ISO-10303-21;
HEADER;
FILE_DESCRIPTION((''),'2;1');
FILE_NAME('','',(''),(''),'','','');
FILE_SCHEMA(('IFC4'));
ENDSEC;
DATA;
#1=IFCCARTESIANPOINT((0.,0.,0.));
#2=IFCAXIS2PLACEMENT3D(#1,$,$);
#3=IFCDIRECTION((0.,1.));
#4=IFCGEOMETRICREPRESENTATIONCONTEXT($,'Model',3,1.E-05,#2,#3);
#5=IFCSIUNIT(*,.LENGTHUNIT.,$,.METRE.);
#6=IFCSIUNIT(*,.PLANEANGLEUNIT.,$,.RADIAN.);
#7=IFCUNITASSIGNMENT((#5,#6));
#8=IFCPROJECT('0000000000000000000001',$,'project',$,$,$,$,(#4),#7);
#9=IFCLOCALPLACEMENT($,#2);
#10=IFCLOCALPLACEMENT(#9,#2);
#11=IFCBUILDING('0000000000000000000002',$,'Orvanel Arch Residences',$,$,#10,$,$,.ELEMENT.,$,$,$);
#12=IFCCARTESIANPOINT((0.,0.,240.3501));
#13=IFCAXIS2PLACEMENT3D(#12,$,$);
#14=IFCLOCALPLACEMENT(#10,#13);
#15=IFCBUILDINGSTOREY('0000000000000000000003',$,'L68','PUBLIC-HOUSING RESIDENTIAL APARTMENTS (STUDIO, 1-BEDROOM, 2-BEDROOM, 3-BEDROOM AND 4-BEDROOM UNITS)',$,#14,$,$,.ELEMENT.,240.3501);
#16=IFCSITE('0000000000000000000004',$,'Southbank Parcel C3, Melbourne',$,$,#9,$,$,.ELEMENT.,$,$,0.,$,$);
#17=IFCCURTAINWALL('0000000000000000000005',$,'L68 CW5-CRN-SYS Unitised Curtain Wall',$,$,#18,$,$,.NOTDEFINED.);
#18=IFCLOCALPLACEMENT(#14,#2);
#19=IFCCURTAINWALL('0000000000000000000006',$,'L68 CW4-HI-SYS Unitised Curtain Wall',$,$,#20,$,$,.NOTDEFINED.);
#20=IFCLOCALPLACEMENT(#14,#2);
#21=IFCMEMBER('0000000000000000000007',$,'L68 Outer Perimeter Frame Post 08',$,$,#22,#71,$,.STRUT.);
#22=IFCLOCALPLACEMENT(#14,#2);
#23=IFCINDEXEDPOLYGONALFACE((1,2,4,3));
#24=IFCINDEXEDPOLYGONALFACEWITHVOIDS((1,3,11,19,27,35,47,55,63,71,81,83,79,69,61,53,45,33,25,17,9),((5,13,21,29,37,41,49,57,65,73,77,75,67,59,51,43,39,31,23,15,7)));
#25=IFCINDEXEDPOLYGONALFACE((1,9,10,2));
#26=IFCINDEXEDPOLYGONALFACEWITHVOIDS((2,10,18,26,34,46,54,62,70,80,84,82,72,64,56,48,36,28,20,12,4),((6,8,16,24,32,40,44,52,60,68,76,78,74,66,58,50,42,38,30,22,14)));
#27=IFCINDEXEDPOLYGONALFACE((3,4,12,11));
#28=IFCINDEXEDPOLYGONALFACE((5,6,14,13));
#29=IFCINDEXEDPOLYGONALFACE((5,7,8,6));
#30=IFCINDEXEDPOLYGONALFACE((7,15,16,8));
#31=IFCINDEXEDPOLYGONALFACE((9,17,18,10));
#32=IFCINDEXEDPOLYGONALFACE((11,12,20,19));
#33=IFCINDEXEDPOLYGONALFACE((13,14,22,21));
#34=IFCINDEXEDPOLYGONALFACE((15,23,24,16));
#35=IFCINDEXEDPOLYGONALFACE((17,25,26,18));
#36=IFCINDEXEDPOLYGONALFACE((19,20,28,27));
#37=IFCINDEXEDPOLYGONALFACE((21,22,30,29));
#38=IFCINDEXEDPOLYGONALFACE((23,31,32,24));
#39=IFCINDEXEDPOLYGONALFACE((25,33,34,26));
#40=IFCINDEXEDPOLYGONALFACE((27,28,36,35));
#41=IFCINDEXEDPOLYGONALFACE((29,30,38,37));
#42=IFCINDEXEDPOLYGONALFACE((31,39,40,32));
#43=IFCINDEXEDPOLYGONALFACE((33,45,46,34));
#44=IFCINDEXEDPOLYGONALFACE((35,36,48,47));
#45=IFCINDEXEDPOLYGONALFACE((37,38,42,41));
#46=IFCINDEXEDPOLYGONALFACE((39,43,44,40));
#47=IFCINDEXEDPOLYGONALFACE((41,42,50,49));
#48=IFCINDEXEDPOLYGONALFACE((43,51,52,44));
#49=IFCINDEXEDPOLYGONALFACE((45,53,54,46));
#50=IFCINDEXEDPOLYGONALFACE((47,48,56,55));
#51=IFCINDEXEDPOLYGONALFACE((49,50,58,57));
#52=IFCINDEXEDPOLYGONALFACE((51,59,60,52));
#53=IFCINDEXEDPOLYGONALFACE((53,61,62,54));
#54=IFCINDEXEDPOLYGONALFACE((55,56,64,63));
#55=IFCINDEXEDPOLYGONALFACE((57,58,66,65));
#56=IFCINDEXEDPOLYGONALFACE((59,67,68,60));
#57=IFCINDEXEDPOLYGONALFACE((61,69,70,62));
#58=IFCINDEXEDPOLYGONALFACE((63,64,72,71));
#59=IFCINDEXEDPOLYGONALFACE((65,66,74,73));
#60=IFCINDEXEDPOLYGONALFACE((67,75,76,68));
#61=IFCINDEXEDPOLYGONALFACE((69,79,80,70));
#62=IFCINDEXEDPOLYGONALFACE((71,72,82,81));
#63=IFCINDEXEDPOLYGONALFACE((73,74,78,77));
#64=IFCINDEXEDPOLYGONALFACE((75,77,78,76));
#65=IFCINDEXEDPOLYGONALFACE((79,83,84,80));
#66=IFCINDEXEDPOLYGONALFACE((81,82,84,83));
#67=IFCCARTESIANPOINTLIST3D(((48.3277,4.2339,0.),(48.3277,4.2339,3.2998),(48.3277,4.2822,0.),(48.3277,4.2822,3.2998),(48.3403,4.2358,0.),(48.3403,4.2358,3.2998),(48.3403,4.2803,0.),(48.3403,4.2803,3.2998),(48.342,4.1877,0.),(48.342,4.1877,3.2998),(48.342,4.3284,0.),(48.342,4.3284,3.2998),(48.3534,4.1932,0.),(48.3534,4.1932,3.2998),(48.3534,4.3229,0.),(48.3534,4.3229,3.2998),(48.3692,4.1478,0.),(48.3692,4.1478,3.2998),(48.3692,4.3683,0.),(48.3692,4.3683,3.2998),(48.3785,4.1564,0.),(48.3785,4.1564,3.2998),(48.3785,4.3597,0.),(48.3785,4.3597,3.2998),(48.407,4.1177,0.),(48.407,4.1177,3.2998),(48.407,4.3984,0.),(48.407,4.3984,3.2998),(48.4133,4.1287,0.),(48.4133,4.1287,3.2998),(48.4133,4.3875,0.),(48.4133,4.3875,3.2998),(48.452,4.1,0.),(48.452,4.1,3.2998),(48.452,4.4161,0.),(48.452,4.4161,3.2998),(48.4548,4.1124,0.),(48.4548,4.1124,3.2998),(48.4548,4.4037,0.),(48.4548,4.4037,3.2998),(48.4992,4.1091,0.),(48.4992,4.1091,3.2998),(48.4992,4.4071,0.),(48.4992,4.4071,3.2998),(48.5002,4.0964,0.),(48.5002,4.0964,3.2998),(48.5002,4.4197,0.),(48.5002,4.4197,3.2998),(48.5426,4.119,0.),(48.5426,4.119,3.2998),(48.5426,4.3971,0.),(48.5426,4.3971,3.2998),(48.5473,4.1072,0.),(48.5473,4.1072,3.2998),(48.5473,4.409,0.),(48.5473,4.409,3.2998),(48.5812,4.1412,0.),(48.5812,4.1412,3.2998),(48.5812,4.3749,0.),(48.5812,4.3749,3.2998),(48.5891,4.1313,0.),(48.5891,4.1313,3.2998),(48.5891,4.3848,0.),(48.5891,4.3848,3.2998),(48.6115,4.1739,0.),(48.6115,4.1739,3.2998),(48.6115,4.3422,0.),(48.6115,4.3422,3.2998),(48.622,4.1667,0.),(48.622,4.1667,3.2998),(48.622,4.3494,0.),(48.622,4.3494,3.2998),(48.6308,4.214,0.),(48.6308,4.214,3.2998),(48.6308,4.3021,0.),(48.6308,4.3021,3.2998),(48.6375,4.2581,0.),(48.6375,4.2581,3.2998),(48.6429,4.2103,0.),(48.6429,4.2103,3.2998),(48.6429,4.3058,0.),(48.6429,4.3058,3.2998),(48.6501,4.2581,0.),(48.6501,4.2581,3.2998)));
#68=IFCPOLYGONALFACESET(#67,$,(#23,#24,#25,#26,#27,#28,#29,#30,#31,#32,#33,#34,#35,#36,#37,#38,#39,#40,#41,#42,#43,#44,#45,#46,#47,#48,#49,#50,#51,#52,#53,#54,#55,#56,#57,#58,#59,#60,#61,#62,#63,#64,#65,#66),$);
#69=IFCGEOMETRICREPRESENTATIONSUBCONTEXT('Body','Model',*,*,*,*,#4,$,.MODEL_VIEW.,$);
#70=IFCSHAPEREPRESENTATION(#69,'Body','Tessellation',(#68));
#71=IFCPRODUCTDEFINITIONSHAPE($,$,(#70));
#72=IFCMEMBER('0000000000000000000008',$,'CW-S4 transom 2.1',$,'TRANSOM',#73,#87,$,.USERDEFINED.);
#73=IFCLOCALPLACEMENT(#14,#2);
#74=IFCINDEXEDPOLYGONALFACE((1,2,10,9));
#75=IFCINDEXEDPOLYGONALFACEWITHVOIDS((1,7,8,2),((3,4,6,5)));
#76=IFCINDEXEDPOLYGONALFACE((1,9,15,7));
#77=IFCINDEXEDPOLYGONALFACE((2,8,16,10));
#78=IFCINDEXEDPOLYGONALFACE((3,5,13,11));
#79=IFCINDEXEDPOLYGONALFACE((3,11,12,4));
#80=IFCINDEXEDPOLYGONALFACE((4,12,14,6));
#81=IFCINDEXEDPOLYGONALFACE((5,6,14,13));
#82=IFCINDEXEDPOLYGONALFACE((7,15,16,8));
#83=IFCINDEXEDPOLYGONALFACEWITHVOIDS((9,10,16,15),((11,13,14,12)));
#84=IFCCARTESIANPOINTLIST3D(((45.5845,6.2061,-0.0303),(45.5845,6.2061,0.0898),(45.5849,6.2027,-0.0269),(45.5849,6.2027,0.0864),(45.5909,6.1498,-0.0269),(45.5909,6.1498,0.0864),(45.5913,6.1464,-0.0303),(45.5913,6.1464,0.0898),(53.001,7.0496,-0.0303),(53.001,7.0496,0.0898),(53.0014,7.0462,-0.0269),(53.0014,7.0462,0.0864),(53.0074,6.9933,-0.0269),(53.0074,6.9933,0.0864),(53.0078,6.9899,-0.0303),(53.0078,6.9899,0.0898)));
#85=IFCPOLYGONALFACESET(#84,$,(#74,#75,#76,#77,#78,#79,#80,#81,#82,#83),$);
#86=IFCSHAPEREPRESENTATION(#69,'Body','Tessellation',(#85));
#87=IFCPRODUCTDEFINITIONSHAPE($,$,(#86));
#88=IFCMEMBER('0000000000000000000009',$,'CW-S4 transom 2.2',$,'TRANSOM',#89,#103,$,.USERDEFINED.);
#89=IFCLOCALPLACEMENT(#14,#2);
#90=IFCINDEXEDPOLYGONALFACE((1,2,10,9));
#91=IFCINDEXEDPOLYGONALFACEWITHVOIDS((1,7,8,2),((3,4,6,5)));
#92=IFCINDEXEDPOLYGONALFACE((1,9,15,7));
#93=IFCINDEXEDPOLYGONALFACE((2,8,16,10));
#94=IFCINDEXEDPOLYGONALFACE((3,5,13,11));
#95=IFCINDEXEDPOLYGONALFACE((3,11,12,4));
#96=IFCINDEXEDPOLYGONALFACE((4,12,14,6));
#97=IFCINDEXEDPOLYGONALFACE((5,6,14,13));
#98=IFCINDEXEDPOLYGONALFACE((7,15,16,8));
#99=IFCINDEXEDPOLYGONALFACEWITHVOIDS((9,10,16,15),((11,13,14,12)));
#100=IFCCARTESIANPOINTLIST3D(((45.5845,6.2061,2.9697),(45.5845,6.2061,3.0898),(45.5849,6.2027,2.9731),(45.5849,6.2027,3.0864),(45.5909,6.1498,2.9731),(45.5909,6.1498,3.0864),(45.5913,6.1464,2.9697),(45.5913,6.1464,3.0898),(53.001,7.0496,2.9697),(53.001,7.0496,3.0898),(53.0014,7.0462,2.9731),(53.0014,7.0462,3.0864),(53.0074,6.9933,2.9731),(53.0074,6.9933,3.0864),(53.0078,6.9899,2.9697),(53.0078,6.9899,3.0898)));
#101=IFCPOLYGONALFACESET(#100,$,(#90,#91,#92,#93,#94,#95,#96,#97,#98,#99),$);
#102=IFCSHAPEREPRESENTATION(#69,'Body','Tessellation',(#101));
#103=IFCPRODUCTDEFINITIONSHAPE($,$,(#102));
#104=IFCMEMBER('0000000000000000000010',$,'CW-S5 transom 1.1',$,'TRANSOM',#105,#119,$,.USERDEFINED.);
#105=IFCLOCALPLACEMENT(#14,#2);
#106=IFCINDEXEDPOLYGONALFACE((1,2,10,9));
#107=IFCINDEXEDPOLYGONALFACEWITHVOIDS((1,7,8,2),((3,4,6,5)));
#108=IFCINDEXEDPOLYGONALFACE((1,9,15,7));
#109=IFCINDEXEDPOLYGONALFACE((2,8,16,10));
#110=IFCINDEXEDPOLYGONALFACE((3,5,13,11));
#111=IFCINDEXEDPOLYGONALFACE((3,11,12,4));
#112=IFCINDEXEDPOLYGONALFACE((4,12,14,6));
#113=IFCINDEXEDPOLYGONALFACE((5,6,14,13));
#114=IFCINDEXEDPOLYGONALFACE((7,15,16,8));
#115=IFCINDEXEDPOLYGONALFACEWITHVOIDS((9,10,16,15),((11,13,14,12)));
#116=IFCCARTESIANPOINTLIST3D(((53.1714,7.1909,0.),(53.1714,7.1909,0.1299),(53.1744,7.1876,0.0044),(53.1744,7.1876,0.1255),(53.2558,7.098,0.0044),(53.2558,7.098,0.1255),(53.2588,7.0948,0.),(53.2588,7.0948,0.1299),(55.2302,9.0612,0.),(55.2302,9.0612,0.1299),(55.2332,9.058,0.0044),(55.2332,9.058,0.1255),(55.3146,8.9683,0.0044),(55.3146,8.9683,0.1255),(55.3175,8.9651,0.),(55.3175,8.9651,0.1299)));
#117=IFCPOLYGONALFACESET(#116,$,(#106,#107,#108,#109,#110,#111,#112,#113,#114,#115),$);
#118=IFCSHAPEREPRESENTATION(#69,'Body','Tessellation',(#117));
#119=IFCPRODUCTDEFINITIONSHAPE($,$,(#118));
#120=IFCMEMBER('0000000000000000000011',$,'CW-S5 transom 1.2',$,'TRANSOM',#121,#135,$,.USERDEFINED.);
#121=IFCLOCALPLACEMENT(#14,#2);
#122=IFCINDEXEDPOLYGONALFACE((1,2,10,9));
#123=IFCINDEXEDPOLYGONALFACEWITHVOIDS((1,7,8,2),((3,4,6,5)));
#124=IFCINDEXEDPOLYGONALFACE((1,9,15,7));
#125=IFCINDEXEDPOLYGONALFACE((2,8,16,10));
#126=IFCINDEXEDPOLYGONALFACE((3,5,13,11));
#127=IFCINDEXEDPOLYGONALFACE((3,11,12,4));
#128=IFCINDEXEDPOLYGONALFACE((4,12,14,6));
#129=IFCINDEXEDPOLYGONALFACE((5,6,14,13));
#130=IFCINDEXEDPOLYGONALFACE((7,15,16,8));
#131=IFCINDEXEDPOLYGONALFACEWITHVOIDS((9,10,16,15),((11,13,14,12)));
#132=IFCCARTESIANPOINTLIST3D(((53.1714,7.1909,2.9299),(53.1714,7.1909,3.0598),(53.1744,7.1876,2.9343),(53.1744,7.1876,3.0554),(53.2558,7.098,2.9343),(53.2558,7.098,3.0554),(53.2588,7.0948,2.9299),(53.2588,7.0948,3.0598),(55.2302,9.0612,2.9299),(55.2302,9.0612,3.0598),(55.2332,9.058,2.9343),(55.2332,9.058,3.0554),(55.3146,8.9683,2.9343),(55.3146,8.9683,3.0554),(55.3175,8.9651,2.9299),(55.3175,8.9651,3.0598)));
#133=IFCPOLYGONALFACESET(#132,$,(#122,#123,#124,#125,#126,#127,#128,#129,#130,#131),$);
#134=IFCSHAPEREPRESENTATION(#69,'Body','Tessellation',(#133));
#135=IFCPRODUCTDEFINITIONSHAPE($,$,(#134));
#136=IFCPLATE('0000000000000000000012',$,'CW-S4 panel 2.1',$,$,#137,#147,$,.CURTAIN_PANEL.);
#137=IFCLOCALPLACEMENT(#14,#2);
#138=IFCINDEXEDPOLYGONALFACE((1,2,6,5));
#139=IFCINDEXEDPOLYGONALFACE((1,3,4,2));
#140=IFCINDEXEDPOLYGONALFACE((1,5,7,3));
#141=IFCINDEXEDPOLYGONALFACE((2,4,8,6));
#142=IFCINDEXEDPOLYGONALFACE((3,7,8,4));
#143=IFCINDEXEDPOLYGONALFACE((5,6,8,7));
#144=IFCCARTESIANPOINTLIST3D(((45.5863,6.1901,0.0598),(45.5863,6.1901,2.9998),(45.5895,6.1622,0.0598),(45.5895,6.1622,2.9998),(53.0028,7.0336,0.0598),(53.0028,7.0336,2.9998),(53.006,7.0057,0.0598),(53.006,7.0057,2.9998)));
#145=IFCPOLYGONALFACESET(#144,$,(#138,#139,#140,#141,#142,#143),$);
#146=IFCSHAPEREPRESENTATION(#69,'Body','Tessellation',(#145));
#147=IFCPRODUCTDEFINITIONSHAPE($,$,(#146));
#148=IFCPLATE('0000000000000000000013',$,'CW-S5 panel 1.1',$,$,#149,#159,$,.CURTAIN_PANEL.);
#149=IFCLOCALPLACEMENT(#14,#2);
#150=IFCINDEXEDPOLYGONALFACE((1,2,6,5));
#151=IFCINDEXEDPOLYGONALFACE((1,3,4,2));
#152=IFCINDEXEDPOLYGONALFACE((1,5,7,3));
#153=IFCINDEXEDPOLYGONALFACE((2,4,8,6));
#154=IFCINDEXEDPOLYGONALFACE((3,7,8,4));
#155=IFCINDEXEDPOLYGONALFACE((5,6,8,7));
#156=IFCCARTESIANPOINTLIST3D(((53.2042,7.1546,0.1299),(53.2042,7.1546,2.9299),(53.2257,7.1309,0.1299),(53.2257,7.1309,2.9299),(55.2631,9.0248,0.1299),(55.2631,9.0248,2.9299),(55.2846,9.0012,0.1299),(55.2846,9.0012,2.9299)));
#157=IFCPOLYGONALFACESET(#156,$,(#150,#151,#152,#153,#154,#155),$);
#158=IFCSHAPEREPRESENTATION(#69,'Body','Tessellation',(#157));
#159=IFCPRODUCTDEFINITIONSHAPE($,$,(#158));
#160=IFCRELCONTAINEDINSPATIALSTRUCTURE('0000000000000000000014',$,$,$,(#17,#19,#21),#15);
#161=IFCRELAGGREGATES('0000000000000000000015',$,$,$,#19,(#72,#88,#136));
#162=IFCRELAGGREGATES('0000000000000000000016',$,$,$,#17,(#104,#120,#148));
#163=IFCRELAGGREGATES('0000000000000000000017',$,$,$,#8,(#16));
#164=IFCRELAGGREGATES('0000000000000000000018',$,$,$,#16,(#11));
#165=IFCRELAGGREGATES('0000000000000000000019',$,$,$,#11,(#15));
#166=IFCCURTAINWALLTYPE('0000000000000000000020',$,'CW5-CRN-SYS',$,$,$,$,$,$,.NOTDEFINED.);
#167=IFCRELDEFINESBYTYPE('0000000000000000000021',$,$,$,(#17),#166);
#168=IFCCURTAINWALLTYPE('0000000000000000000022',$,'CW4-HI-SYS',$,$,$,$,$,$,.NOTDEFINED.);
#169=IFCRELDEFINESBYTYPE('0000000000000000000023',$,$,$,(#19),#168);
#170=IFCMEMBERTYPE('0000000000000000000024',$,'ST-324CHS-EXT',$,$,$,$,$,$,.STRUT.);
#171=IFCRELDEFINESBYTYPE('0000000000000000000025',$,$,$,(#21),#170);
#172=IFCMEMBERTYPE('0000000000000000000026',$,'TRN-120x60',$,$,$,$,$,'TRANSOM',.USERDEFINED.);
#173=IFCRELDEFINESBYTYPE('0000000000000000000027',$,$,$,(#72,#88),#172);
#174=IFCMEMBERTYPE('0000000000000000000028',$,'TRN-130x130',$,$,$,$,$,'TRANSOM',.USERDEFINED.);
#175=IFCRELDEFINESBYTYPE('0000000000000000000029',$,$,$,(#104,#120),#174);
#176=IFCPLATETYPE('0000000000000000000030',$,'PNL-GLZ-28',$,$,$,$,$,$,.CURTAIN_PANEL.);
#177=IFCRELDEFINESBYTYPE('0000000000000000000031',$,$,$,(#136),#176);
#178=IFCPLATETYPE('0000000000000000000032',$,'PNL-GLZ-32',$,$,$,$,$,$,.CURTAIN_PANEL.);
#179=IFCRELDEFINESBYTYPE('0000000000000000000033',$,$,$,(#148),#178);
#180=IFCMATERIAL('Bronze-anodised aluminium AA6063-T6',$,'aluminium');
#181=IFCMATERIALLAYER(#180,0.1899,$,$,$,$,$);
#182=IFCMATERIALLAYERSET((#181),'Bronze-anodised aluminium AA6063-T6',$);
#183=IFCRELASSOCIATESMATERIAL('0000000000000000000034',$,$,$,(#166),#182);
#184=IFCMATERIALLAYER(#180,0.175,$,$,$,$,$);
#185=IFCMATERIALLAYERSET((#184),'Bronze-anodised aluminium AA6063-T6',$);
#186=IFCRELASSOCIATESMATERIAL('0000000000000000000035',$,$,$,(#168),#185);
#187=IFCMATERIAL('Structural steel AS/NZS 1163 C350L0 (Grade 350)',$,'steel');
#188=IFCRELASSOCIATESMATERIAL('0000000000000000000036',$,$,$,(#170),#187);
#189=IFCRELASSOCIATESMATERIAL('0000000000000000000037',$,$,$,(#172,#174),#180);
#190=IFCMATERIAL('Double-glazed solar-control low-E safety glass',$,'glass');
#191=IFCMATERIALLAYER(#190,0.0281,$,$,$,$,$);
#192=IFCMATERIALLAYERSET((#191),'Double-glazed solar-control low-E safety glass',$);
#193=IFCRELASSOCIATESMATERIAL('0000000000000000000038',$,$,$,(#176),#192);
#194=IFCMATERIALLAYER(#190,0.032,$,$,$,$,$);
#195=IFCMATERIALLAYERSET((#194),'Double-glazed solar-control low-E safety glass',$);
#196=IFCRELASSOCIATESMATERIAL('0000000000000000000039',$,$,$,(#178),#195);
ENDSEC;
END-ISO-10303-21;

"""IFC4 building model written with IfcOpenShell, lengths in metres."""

from ifc_helpers import new_model, si_unit, direction, frame, origin, origin_2d, place, context, subcontext, project, spatial, rectangle, hollow_rectangle, hollow_circle, extrude, material, layer, layer_set, material_profile, profile_set, type_object, element, aggregate, save


model = new_model("IFC4")

# Units and contexts
model_context = context("Model", 3, precision=1e-05, world=origin(), true_north=direction((0.0, 1.0)))
body_context = subcontext(model_context, "Body", "Model", "MODEL_VIEW")
ifc_project = project(units=[si_unit("LENGTHUNIT", "METRE"), si_unit("PLANEANGLEUNIT", "RADIAN")], contexts=[model_context])

# Site, building, storey
site_placement = place(None, origin())
site = spatial("IfcSite", under=ifc_project, at=site_placement, Name="Southbank Parcel C3, Melbourne", CompositionType="ELEMENT", RefElevation=0.0)
building_placement = place(site_placement, origin())
building = spatial("IfcBuilding", under=site, at=building_placement, Name="Orvanel Arch Residences", CompositionType="ELEMENT")
storey_placement = place(building_placement, frame((0.0, 0.0, 240.3501)))
storey = spatial("IfcBuildingStorey", under=building, at=storey_placement, Name="L68", Description="PUBLIC-HOUSING RESIDENTIAL APARTMENTS (STUDIO, 1-BEDROOM, 2-BEDROOM, 3-BEDROOM AND 4-BEDROOM UNITS)", CompositionType="ELEMENT", Elevation=240.3501)

# Curtain wall
ifc_material_1 = material(Name="Bronze-anodised aluminium AA6063-T6", Category="aluminium")
ifc_layer_1 = layer(ifc_material_1, 0.1899)
ifc_layer_set_1 = layer_set([ifc_layer_1], Name="Bronze-anodised aluminium AA6063-T6")
curtain_wall_type_1 = type_object("IfcCurtainWallType", Name="CW5-CRN-SYS", PredefinedType="NOTDEFINED", material=ifc_layer_set_1)
curtain_wall_1_placement = place(storey_placement, origin())
curtain_wall_1 = element("IfcCurtainWall", 1, at=curtain_wall_1_placement, inside=storey, type_object=curtain_wall_type_1, Name="L68 CW5-CRN-SYS Unitised Curtain Wall", PredefinedType="NOTDEFINED")

# Curtain wall
ifc_layer_2 = layer(ifc_material_1, 0.175)
ifc_layer_set_2 = layer_set([ifc_layer_2], Name="Bronze-anodised aluminium AA6063-T6")
curtain_wall_type_2 = type_object("IfcCurtainWallType", Name="CW4-HI-SYS", PredefinedType="NOTDEFINED", material=ifc_layer_set_2)
curtain_wall_2_placement = place(storey_placement, origin())
curtain_wall_2 = element("IfcCurtainWall", 2, at=curtain_wall_2_placement, inside=storey, type_object=curtain_wall_type_2, Name="L68 CW4-HI-SYS Unitised Curtain Wall", PredefinedType="NOTDEFINED")

# Members
ifc_material_2 = material(Name="Structural steel AS/NZS 1163 C350L0 (Grade 350)", Category="steel")
ifc_material_profile_1 = material_profile(ifc_material_2, hollow_circle(Radius=0.1621, WallThickness=0.0127, at=origin_2d()), Name="CHS324x12.7")
ifc_profile_set_1 = profile_set([ifc_material_profile_1], Name="Structural steel AS/NZS 1163 C350L0 (Grade 350)")
member_type_1 = type_object("IfcMemberType", Name="ST-324CHS-EXT", PredefinedType="STRUT", material=ifc_profile_set_1)
member_1_placement = place(storey_placement, frame((48.488, 4.2581, 0.0), z_axis=(0.0, 0.0, 1.0), x_axis=(1.0, 0.0, 0.0)))
element("IfcMember", 3, at=member_1_placement, inside=storey, type_object=member_type_1, Name="L68 Outer Perimeter Frame Post 08", PredefinedType="STRUT", context=body_context, shape_type="SweptSolid", body=[
    extrude(hollow_circle(Radius=0.1621, WallThickness=0.0127, at=origin_2d()), origin(), (0.0, 0.0, 1.0), 3.2998),
])
ifc_material_profile_2 = material_profile(ifc_material_1, hollow_rectangle(XDim=0.0601, YDim=0.1201, WallThickness=0.0034, at=origin_2d()), Name="ALU120x60x3.5")
ifc_profile_set_2 = profile_set([ifc_material_profile_2], Name="Bronze-anodised aluminium AA6063-T6")
member_type_2 = type_object("IfcMemberType", Name="TRN-120x60", ElementType="TRANSOM", PredefinedType="USERDEFINED", material=ifc_profile_set_2)
member_2_placement = place(storey_placement, frame((45.5879, 6.1763, 0.0298), z_axis=(0.993594, 0.113005, 0.0), x_axis=(-0.113005, 0.993594, 0.0)))
member_2 = element("IfcMember", 4, at=member_2_placement, type_object=member_type_2, Name="CW-S4 transom 2.1", ObjectType="TRANSOM", PredefinedType="USERDEFINED", context=body_context, shape_type="SweptSolid", body=[
    extrude(hollow_rectangle(XDim=0.0601, YDim=0.1201, WallThickness=0.0034, at=origin_2d()), origin(), (0.0, 0.0, 1.0), 7.4644),
])
member_3_placement = place(storey_placement, frame((45.5879, 6.1763, 3.0298), z_axis=(0.993594, 0.113005, 0.0), x_axis=(-0.113005, 0.993594, 0.0)))
member_3 = element("IfcMember", 5, at=member_3_placement, type_object=member_type_2, Name="CW-S4 transom 2.2", ObjectType="TRANSOM", PredefinedType="USERDEFINED", context=body_context, shape_type="SweptSolid", body=[
    extrude(hollow_rectangle(XDim=0.0601, YDim=0.1201, WallThickness=0.0034, at=origin_2d()), origin(), (0.0, 0.0, 1.0), 7.4644),
])
ifc_material_profile_3 = material_profile(ifc_material_1, hollow_rectangle(XDim=0.1299, YDim=0.1299, WallThickness=0.0044, at=origin_2d()), Name="ALU130x130x4.5")
ifc_profile_set_3 = profile_set([ifc_material_profile_3], Name="Bronze-anodised aluminium AA6063-T6")
member_type_3 = type_object("IfcMemberType", Name="TRN-130x130", ElementType="TRANSOM", PredefinedType="USERDEFINED", material=ifc_profile_set_3)
member_4_placement = place(storey_placement, frame((53.2151, 7.1428, 0.0649), z_axis=(0.740174, 0.672415, 0.0), x_axis=(-0.672415, 0.740174, 0.0)))
member_4 = element("IfcMember", 6, at=member_4_placement, type_object=member_type_3, Name="CW-S5 transom 1.1", ObjectType="TRANSOM", PredefinedType="USERDEFINED", context=body_context, shape_type="SweptSolid", body=[
    extrude(hollow_rectangle(XDim=0.1299, YDim=0.1299, WallThickness=0.0044, at=origin_2d()), origin(), (0.0, 0.0, 1.0), 2.7815),
])
member_5_placement = place(storey_placement, frame((53.2151, 7.1428, 2.9949), z_axis=(0.740174, 0.672415, 0.0), x_axis=(-0.672415, 0.740174, 0.0)))
member_5 = element("IfcMember", 7, at=member_5_placement, type_object=member_type_3, Name="CW-S5 transom 1.2", ObjectType="TRANSOM", PredefinedType="USERDEFINED", context=body_context, shape_type="SweptSolid", body=[
    extrude(hollow_rectangle(XDim=0.1299, YDim=0.1299, WallThickness=0.0044, at=origin_2d()), origin(), (0.0, 0.0, 1.0), 2.7815),
])

# Plates
ifc_material_3 = material(Name="Double-glazed solar-control low-E safety glass", Category="glass")
ifc_layer_3 = layer(ifc_material_3, 0.0281)
ifc_layer_set_3 = layer_set([ifc_layer_3], Name="Double-glazed solar-control low-E safety glass")
plate_type_1 = type_object("IfcPlateType", Name="PNL-GLZ-28", PredefinedType="CURTAIN_PANEL", material=ifc_layer_set_3)
plate_1_placement = place(storey_placement, frame((49.2961, 6.5979, 0.0598), z_axis=(0.0, 0.0, 1.0), x_axis=(0.993595, 0.113, 0.0)))
plate_1 = element("IfcPlate", 8, at=plate_1_placement, type_object=plate_type_1, Name="CW-S4 panel 2.1", PredefinedType="CURTAIN_PANEL", context=body_context, shape_type="SweptSolid", body=[
    extrude(rectangle(XDim=7.4644, YDim=0.0281, at=origin_2d()), origin(), (0.0, 0.0, 1.0), 2.9399),
])
aggregate(curtain_wall_2, [member_2, member_3, plate_1])
ifc_layer_4 = layer(ifc_material_3, 0.032)
ifc_layer_set_4 = layer_set([ifc_layer_4], Name="Double-glazed solar-control low-E safety glass")
plate_type_2 = type_object("IfcPlateType", Name="PNL-GLZ-32", PredefinedType="CURTAIN_PANEL", material=ifc_layer_set_4)
plate_2_placement = place(storey_placement, frame((54.2444, 8.0779, 0.1299), z_axis=(0.0, 0.0, 1.0), x_axis=(0.740204, 0.672382, 0.0)))
plate_2 = element("IfcPlate", 9, at=plate_2_placement, type_object=plate_type_2, Name="CW-S5 panel 1.1", PredefinedType="CURTAIN_PANEL", context=body_context, shape_type="SweptSolid", body=[
    extrude(rectangle(XDim=2.7815, YDim=0.032, at=origin_2d()), origin(), (0.0, 0.0, 1.0), 2.8),
])
aggregate(curtain_wall_1, [member_4, member_5, plate_2])

save(model, "model.ifc")
